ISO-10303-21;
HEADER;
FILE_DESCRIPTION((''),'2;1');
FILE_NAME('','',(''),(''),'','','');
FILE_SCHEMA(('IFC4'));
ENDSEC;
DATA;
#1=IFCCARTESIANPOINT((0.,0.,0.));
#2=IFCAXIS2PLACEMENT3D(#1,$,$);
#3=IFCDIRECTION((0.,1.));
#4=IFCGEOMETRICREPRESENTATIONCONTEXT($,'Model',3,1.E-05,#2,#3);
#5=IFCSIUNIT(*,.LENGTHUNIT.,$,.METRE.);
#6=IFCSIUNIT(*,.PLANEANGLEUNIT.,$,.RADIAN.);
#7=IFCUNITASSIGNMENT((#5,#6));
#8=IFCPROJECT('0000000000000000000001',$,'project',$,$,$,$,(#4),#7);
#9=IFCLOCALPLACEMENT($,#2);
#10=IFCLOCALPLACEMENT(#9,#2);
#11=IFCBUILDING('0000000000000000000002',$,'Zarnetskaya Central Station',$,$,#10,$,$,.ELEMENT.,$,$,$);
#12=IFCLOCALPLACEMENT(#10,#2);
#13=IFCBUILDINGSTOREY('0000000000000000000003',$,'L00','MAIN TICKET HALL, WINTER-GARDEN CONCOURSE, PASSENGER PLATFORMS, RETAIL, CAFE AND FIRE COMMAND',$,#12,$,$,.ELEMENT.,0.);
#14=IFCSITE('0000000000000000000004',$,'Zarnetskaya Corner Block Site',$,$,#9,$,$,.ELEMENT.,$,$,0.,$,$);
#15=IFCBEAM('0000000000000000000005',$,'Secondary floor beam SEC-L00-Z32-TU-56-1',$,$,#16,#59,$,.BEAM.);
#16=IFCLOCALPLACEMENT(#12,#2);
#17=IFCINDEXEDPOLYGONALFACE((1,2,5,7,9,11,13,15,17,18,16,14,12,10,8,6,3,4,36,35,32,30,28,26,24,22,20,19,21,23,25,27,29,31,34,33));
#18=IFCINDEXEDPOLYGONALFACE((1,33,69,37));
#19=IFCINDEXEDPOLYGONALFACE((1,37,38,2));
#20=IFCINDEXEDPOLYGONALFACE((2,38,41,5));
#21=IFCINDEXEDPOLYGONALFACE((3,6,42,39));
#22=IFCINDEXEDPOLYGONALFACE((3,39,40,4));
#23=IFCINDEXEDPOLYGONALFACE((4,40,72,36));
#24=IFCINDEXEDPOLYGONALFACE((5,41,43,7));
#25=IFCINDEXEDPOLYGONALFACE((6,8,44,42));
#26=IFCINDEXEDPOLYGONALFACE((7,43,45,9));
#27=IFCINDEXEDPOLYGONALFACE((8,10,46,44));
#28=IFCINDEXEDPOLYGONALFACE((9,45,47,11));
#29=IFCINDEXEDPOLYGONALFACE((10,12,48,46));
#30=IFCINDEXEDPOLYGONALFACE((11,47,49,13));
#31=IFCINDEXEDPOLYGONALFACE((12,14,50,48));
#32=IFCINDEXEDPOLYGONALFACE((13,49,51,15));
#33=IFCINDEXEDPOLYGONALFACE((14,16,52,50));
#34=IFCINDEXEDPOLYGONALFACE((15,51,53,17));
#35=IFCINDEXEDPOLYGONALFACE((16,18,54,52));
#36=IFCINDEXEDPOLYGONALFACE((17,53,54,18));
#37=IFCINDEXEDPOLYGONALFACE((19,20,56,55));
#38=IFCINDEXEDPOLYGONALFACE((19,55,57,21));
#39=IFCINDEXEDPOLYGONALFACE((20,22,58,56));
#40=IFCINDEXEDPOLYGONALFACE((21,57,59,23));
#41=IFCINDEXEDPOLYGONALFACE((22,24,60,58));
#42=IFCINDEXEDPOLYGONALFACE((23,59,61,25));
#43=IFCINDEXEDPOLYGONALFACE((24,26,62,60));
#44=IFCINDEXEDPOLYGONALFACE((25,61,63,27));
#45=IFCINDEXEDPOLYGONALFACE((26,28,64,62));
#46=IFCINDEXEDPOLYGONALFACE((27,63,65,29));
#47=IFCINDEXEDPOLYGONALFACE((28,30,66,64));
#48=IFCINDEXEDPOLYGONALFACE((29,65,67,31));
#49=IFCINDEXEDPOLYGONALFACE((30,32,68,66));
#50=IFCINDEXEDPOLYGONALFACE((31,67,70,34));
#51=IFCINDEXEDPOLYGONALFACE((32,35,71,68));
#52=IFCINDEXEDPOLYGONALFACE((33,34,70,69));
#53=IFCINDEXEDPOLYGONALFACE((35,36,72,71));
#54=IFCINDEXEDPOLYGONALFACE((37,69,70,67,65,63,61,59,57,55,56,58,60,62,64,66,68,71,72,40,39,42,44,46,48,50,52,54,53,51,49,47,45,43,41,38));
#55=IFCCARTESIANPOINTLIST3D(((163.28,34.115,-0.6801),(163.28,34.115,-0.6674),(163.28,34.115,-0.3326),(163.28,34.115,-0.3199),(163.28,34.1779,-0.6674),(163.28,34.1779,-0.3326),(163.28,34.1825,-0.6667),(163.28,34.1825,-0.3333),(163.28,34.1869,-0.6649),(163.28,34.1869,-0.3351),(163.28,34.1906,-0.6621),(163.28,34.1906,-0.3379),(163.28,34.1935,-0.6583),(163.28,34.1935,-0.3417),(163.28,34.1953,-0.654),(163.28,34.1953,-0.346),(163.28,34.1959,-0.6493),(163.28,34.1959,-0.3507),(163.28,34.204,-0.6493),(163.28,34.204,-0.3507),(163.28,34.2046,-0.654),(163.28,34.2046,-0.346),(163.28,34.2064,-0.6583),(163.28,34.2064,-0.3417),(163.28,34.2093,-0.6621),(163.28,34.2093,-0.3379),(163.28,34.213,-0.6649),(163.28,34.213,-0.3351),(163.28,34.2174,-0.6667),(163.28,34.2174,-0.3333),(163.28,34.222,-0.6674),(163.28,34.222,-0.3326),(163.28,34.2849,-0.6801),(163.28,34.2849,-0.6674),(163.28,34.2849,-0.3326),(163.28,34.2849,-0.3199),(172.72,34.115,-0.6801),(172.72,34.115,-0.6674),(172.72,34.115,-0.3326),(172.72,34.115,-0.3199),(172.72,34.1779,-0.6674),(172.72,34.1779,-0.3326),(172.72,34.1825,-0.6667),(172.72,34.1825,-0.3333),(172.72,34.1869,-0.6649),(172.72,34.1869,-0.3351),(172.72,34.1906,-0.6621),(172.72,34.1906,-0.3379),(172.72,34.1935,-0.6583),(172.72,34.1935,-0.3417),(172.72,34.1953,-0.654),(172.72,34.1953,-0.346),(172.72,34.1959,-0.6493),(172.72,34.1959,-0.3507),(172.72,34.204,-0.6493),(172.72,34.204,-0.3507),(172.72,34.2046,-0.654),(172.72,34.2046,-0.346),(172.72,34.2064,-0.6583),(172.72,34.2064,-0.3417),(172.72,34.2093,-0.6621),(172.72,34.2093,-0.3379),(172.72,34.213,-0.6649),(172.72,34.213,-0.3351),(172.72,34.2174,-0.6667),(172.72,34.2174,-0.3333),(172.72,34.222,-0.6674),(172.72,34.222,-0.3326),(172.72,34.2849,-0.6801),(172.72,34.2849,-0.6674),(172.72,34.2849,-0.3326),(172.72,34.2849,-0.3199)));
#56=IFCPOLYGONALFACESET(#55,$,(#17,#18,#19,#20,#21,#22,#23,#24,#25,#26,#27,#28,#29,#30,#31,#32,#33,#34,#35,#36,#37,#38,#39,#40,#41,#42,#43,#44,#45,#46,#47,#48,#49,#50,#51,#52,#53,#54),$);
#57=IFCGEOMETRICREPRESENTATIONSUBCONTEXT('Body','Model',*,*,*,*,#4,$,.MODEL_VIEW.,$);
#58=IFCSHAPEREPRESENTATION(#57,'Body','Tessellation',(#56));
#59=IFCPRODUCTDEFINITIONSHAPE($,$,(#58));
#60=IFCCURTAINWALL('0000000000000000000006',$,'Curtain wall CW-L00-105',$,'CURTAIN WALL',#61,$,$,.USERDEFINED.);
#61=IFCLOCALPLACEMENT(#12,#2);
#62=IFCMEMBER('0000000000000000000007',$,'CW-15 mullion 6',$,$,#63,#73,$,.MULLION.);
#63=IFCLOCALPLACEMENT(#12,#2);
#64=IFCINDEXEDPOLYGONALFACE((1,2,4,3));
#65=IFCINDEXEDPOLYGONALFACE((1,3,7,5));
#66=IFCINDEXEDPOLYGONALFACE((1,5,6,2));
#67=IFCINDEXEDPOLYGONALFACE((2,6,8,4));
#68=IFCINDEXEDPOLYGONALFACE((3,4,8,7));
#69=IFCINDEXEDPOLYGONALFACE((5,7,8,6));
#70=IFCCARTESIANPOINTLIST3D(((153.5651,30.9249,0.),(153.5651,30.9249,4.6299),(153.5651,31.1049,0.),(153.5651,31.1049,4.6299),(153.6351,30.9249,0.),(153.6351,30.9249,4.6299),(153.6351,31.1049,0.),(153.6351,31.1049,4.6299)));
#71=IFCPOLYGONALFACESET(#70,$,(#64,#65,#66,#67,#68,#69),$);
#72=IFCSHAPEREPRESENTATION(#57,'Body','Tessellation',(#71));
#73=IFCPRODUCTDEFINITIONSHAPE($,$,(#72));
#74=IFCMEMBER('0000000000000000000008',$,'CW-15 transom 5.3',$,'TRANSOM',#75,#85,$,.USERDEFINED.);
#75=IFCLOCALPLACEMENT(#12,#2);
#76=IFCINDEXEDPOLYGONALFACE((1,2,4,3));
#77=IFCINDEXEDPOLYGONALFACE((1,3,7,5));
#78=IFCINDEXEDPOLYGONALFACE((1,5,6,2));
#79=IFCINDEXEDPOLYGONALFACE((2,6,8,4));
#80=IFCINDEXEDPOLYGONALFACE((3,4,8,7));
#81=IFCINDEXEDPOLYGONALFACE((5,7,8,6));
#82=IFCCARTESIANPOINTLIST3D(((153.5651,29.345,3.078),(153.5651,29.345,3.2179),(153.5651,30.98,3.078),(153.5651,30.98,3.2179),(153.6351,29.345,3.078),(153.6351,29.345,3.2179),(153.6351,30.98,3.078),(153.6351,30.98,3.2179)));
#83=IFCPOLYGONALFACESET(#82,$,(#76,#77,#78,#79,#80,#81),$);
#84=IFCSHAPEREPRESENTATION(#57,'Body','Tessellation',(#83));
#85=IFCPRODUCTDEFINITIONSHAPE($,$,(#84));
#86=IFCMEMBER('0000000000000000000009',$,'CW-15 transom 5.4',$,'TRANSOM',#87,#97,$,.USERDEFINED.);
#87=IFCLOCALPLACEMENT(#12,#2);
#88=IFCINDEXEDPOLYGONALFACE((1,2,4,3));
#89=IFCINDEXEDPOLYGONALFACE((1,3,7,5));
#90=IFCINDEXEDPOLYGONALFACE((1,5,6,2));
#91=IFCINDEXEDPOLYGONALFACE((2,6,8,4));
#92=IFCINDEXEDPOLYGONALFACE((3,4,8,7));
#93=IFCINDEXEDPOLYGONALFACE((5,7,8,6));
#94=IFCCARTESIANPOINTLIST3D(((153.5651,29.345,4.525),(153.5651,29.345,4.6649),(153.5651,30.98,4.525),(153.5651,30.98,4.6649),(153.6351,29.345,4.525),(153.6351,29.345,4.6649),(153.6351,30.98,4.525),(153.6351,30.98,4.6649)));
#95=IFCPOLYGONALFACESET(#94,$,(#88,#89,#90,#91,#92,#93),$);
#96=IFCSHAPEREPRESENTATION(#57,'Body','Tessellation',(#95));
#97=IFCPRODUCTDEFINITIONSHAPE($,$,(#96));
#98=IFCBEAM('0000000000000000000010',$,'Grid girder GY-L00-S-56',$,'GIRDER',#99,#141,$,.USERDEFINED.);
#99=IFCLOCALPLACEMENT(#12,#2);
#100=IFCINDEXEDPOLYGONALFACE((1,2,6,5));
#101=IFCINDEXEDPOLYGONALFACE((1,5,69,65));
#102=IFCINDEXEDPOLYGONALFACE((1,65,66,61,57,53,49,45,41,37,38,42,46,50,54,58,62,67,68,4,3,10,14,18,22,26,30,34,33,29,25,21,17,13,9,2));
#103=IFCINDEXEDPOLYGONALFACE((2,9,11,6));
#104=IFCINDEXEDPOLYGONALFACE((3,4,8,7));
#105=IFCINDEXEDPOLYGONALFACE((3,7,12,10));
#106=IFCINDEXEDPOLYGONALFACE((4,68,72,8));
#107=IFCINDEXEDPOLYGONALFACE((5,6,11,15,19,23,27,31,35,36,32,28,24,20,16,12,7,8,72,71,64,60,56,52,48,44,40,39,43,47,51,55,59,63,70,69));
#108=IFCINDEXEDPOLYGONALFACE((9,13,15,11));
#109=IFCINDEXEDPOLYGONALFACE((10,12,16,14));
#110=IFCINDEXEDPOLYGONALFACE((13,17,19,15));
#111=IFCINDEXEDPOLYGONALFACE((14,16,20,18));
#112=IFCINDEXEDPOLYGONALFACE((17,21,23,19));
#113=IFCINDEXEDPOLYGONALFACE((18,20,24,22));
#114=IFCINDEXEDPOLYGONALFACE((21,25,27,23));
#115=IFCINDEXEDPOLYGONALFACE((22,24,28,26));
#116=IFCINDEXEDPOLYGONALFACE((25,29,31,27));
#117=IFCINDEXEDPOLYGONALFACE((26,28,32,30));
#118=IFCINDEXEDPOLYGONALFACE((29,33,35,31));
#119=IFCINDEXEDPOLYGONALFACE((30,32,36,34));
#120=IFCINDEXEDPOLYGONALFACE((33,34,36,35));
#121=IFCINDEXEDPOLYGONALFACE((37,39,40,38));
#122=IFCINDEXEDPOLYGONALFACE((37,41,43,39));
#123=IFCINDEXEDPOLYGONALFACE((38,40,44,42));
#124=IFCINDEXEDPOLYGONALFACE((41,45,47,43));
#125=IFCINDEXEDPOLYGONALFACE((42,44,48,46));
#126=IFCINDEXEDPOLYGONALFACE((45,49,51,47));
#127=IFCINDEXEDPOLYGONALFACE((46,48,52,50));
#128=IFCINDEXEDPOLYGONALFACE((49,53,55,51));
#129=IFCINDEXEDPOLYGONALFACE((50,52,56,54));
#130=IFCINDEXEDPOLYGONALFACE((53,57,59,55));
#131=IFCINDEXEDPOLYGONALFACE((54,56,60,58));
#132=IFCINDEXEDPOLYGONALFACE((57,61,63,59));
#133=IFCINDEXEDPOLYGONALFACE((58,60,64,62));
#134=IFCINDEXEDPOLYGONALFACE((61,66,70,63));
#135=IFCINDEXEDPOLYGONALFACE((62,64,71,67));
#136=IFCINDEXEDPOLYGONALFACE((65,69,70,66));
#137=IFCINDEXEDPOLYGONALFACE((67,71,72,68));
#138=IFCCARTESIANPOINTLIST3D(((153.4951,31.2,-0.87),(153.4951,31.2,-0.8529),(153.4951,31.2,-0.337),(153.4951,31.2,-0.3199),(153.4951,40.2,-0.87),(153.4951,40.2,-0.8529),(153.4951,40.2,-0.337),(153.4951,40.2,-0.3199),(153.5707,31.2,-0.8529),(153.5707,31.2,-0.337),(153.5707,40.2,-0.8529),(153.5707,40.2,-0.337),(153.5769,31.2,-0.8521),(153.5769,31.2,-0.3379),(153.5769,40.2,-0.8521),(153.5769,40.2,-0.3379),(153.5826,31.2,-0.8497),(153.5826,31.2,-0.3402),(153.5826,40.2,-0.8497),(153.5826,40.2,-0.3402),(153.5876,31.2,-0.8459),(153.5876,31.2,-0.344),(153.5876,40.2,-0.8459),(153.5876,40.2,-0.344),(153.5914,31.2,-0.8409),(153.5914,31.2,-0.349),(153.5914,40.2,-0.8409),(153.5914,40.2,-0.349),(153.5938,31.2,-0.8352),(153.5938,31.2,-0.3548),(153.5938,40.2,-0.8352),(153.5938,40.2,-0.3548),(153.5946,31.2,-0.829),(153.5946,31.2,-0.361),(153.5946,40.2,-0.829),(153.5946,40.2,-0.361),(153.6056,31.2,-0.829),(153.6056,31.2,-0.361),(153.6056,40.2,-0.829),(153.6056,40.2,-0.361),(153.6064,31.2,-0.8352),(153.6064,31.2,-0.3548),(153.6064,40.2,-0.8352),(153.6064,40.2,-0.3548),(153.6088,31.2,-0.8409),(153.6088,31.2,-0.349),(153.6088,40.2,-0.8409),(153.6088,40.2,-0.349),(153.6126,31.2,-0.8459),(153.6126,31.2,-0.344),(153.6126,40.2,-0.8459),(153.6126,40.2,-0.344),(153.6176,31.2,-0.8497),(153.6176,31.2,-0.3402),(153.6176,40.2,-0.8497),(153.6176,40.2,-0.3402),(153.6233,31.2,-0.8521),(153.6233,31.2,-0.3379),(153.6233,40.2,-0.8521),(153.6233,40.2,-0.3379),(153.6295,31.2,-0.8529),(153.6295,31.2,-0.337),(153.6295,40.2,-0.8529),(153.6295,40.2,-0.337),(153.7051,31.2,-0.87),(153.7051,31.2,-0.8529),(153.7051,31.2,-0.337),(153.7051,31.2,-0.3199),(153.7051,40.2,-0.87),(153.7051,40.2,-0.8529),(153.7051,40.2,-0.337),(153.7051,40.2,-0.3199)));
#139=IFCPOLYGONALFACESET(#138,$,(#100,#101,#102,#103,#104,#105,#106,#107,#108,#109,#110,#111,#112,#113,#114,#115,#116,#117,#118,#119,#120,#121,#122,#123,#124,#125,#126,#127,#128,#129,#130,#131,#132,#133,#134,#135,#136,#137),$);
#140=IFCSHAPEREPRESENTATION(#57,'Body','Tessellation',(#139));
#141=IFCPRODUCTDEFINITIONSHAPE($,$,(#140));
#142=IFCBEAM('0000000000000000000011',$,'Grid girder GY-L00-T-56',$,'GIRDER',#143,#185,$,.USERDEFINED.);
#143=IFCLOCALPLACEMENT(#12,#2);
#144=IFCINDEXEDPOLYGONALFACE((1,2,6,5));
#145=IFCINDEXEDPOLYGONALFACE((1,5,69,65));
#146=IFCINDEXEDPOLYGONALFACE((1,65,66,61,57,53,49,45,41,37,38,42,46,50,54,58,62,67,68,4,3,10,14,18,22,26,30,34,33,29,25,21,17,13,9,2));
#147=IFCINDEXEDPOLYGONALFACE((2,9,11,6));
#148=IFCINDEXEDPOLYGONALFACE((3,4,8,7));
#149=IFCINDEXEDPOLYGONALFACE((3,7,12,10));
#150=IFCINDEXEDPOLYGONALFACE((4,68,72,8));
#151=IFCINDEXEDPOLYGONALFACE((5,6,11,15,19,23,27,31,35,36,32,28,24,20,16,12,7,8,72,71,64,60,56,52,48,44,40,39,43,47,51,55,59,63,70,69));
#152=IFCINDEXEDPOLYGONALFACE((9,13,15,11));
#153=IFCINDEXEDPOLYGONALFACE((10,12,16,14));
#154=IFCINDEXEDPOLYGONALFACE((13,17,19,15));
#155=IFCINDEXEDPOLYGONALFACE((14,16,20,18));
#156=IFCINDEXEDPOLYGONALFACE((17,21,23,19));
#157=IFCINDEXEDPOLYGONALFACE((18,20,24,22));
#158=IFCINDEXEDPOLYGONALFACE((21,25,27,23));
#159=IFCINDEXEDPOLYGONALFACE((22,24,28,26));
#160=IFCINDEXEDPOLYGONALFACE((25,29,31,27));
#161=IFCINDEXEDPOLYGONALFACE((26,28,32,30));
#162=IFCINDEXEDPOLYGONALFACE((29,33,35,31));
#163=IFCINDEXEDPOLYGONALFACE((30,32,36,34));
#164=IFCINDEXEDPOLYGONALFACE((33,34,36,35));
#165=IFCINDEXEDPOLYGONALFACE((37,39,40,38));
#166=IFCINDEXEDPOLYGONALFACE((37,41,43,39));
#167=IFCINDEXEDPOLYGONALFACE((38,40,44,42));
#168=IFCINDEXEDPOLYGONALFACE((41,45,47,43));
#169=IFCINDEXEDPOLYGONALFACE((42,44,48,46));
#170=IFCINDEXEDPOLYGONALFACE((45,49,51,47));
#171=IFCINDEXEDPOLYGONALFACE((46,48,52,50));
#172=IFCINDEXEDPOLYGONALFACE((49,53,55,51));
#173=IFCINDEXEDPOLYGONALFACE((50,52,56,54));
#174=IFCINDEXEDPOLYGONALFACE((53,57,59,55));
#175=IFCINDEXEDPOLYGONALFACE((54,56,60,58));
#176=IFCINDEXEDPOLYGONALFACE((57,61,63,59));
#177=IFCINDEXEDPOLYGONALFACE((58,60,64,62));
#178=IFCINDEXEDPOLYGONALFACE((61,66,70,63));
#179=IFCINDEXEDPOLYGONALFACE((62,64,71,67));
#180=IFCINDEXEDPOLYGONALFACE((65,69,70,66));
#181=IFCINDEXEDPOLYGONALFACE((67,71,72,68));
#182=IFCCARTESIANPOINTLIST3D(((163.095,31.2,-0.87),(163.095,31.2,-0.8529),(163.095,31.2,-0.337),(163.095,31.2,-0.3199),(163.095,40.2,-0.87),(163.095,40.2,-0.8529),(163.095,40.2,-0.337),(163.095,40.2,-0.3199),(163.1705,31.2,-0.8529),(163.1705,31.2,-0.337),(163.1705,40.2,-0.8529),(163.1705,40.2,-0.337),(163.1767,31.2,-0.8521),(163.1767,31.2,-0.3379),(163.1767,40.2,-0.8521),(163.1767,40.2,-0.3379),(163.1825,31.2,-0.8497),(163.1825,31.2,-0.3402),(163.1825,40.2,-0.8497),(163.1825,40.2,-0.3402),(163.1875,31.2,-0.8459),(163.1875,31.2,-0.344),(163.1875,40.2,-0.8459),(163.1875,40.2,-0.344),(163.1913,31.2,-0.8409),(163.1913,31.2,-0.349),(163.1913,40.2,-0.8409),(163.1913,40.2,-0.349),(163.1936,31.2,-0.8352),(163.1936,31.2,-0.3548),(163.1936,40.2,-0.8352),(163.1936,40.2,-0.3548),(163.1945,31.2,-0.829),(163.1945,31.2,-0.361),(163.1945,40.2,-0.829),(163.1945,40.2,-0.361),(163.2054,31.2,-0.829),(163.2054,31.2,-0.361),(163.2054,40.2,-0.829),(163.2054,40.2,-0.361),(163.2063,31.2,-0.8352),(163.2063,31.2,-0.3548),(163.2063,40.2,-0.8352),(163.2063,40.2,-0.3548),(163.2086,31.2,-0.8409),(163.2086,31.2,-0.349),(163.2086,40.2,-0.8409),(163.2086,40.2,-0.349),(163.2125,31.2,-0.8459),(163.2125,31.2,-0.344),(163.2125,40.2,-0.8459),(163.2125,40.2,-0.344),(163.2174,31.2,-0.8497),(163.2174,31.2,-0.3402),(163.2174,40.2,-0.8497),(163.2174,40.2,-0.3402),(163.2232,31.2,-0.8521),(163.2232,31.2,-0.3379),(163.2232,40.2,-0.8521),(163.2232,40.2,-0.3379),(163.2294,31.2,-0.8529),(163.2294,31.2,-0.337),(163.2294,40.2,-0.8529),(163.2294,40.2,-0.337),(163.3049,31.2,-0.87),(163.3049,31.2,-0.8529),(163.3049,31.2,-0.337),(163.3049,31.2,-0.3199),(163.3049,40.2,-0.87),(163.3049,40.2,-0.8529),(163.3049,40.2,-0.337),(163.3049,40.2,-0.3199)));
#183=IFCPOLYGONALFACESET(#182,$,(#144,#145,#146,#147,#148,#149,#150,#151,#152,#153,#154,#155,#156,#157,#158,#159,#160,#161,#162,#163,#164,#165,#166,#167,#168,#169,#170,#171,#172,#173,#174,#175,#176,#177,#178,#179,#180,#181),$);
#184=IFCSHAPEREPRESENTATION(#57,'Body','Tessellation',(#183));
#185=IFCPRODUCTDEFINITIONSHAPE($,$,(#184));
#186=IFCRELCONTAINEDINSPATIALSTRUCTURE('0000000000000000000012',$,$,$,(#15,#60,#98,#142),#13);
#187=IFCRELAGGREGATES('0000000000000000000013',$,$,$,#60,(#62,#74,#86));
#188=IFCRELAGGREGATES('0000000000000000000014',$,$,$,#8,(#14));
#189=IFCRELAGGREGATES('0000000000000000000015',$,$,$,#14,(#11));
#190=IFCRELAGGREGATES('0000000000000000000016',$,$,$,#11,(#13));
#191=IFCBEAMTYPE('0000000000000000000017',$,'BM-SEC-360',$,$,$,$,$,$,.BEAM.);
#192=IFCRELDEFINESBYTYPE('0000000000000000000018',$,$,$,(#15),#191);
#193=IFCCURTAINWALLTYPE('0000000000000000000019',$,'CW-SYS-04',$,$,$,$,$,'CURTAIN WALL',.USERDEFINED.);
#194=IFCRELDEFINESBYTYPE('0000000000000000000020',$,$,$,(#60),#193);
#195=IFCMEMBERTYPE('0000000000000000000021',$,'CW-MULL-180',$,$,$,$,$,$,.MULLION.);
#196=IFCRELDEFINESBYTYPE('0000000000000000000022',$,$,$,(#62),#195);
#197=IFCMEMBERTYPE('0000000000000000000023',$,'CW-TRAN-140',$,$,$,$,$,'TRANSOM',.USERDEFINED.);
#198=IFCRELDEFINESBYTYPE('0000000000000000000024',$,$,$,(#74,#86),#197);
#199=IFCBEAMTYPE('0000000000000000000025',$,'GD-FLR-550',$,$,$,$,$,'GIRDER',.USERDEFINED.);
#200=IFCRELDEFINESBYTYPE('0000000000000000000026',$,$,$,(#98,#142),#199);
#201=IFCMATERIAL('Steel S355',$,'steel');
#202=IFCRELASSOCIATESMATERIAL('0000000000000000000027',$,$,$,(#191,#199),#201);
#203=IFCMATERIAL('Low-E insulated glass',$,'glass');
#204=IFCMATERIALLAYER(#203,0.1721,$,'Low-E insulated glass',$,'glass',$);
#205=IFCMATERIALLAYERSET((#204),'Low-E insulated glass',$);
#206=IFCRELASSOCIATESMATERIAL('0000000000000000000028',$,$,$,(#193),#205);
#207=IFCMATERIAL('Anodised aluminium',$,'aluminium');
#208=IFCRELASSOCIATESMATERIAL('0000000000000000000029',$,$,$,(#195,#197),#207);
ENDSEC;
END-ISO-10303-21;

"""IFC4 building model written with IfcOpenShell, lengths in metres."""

from ifc_helpers import new_model, si_unit, direction, frame, origin, origin_2d, place, context, subcontext, project, spatial, rectangle, i_section, extrude, material, layer, layer_set, material_profile, profile_set, type_object, element, aggregate, save


model = new_model("IFC4")

# Units and contexts
model_context = context("Model", 3, precision=1e-05, world=origin(), true_north=direction((0.0, 1.0)))
body_context = subcontext(model_context, "Body", "Model", "MODEL_VIEW")
ifc_project = project(units=[si_unit("LENGTHUNIT", "METRE"), si_unit("PLANEANGLEUNIT", "RADIAN")], contexts=[model_context])

# Site, building, storey
site_placement = place(None, origin())
site = spatial("IfcSite", under=ifc_project, at=site_placement, Name="Zarnetskaya Corner Block Site", CompositionType="ELEMENT", RefElevation=0.0)
building_placement = place(site_placement, origin())
building = spatial("IfcBuilding", under=site, at=building_placement, Name="Zarnetskaya Central Station", CompositionType="ELEMENT")
storey_placement = place(building_placement, origin())
storey = spatial("IfcBuildingStorey", under=building, at=storey_placement, Name="L00", Description="MAIN TICKET HALL, WINTER-GARDEN CONCOURSE, PASSENGER PLATFORMS, RETAIL, CAFE AND FIRE COMMAND", CompositionType="ELEMENT", Elevation=0.0)

# Shared definitions
ifc_material_1 = material(Name="Steel S355", Category="steel")

# Beam
ifc_material_profile_1 = material_profile(ifc_material_1, i_section(OverallWidth=0.1699, OverallDepth=0.3601, WebThickness=0.0081, FlangeThickness=0.0127, FilletRadius=0.0181, at=origin_2d()), Name="IPE 360")
ifc_profile_set_1 = profile_set([ifc_material_profile_1], Name="Steel S355")
beam_type_1 = type_object("IfcBeamType", Name="BM-SEC-360", PredefinedType="BEAM", material=ifc_profile_set_1)
for number, where, z_axis, x_axis, name in (
    (1, (163.28, 34.2, -0.5), (1.0, 0.0, 0.0), (0.0, 1.0, 0.0), "Secondary floor beam SEC-L00-Z32-TU-56-1"),
):
    element("IfcBeam", number, at=place(storey_placement, frame(where, z_axis=z_axis, x_axis=x_axis)), inside=storey, type_object=beam_type_1, Name=name, PredefinedType="BEAM", context=body_context, shape_type="SweptSolid", body=[
        extrude(i_section(OverallWidth=0.1699, OverallDepth=0.3601, WebThickness=0.0081, FlangeThickness=0.0127, FilletRadius=0.0181, at=origin_2d()), origin(), (0.0, 0.0, 1.0), 9.4399),
    ])

# Curtain wall, members
ifc_material_2 = material(Name="Low-E insulated glass", Category="glass")
ifc_layer_1 = layer(ifc_material_2, 0.1721, Name="Low-E insulated glass", Category="glass")
ifc_layer_set_1 = layer_set([ifc_layer_1], Name="Low-E insulated glass")
curtain_wall_type = type_object("IfcCurtainWallType", Name="CW-SYS-04", ElementType="CURTAIN WALL", PredefinedType="USERDEFINED", material=ifc_layer_set_1)
curtain_wall_placement = place(storey_placement, origin())
curtain_wall = element("IfcCurtainWall", 2, at=curtain_wall_placement, inside=storey, type_object=curtain_wall_type, Name="Curtain wall CW-L00-105", ObjectType="CURTAIN WALL", PredefinedType="USERDEFINED")
ifc_material_3 = material(Name="Anodised aluminium", Category="aluminium")
ifc_material_profile_2 = material_profile(ifc_material_3, rectangle(XDim=0.0701, YDim=0.1799, at=origin_2d()), Name="ALU MULL 70x180")
ifc_profile_set_2 = profile_set([ifc_material_profile_2], Name="Anodised aluminium")
member_type_1 = type_object("IfcMemberType", Name="CW-MULL-180", PredefinedType="MULLION", material=ifc_profile_set_2)
member_1_placement = place(storey_placement, frame((153.6001, 31.0149, 0.0), z_axis=(0.0, 0.0, 1.0), x_axis=(-1.0, 0.0, 0.0)))
member_1 = element("IfcMember", 3, at=member_1_placement, type_object=member_type_1, Name="CW-15 mullion 6", PredefinedType="MULLION", context=body_context, shape_type="SweptSolid", body=[
    extrude(rectangle(XDim=0.0701, YDim=0.1799, at=origin_2d()), origin(), (0.0, 0.0, 1.0), 4.6299),
])
ifc_material_profile_3 = material_profile(ifc_material_3, rectangle(XDim=0.0701, YDim=0.1399, at=origin_2d()), Name="ALU TRAN 70x140")
ifc_profile_set_3 = profile_set([ifc_material_profile_3], Name="Anodised aluminium")
member_type_2 = type_object("IfcMemberType", Name="CW-TRAN-140", ElementType="TRANSOM", PredefinedType="USERDEFINED", material=ifc_profile_set_3)
member_2_placement = place(storey_placement, frame((153.6001, 29.345, 3.1479), z_axis=(0.0, 1.0, 0.0), x_axis=(-1.0, 0.0, 0.0)))
member_2 = element("IfcMember", 4, at=member_2_placement, type_object=member_type_2, Name="CW-15 transom 5.3", ObjectType="TRANSOM", PredefinedType="USERDEFINED", context=body_context, shape_type="SweptSolid", body=[
    extrude(rectangle(XDim=0.0701, YDim=0.1399, at=origin_2d()), origin(), (0.0, 0.0, 1.0), 1.635),
])
member_3_placement = place(storey_placement, frame((153.6001, 29.345, 4.595), z_axis=(0.0, 1.0, 0.0), x_axis=(-1.0, 0.0, 0.0)))
member_3 = element("IfcMember", 5, at=member_3_placement, type_object=member_type_2, Name="CW-15 transom 5.4", ObjectType="TRANSOM", PredefinedType="USERDEFINED", context=body_context, shape_type="SweptSolid", body=[
    extrude(rectangle(XDim=0.0701, YDim=0.1399, at=origin_2d()), origin(), (0.0, 0.0, 1.0), 1.635),
])

# Beams
ifc_material_profile_4 = material_profile(ifc_material_1, i_section(OverallWidth=0.21, OverallDepth=0.55, WebThickness=0.011, FlangeThickness=0.0171, FilletRadius=0.0239, at=origin_2d()), Name="IPE 550")
ifc_profile_set_4 = profile_set([ifc_material_profile_4], Name="Steel S355")
beam_type_2 = type_object("IfcBeamType", Name="GD-FLR-550", ElementType="GIRDER", PredefinedType="USERDEFINED", material=ifc_profile_set_4)
for number, where, z_axis, x_axis, name in (
    (6, (153.6001, 31.2, -0.595), (0.0, 1.0, 0.0), (-1.0, 0.0, 0.0), "Grid girder GY-L00-S-56"),
    (7, (163.2, 31.2, -0.595), (0.0, 1.0, 0.0), (-1.0, 0.0, 0.0), "Grid girder GY-L00-T-56"),
):
    element("IfcBeam", number, at=place(storey_placement, frame(where, z_axis=z_axis, x_axis=x_axis)), inside=storey, type_object=beam_type_2, Name=name, ObjectType="GIRDER", PredefinedType="USERDEFINED", context=body_context, shape_type="SweptSolid", body=[
        extrude(i_section(OverallWidth=0.21, OverallDepth=0.55, WebThickness=0.011, FlangeThickness=0.0171, FilletRadius=0.0239, at=origin_2d()), origin(), (0.0, 0.0, 1.0), 9.0),
    ])

aggregate(curtain_wall, [member_1, member_2, member_3])

save(model, "model.ifc")
